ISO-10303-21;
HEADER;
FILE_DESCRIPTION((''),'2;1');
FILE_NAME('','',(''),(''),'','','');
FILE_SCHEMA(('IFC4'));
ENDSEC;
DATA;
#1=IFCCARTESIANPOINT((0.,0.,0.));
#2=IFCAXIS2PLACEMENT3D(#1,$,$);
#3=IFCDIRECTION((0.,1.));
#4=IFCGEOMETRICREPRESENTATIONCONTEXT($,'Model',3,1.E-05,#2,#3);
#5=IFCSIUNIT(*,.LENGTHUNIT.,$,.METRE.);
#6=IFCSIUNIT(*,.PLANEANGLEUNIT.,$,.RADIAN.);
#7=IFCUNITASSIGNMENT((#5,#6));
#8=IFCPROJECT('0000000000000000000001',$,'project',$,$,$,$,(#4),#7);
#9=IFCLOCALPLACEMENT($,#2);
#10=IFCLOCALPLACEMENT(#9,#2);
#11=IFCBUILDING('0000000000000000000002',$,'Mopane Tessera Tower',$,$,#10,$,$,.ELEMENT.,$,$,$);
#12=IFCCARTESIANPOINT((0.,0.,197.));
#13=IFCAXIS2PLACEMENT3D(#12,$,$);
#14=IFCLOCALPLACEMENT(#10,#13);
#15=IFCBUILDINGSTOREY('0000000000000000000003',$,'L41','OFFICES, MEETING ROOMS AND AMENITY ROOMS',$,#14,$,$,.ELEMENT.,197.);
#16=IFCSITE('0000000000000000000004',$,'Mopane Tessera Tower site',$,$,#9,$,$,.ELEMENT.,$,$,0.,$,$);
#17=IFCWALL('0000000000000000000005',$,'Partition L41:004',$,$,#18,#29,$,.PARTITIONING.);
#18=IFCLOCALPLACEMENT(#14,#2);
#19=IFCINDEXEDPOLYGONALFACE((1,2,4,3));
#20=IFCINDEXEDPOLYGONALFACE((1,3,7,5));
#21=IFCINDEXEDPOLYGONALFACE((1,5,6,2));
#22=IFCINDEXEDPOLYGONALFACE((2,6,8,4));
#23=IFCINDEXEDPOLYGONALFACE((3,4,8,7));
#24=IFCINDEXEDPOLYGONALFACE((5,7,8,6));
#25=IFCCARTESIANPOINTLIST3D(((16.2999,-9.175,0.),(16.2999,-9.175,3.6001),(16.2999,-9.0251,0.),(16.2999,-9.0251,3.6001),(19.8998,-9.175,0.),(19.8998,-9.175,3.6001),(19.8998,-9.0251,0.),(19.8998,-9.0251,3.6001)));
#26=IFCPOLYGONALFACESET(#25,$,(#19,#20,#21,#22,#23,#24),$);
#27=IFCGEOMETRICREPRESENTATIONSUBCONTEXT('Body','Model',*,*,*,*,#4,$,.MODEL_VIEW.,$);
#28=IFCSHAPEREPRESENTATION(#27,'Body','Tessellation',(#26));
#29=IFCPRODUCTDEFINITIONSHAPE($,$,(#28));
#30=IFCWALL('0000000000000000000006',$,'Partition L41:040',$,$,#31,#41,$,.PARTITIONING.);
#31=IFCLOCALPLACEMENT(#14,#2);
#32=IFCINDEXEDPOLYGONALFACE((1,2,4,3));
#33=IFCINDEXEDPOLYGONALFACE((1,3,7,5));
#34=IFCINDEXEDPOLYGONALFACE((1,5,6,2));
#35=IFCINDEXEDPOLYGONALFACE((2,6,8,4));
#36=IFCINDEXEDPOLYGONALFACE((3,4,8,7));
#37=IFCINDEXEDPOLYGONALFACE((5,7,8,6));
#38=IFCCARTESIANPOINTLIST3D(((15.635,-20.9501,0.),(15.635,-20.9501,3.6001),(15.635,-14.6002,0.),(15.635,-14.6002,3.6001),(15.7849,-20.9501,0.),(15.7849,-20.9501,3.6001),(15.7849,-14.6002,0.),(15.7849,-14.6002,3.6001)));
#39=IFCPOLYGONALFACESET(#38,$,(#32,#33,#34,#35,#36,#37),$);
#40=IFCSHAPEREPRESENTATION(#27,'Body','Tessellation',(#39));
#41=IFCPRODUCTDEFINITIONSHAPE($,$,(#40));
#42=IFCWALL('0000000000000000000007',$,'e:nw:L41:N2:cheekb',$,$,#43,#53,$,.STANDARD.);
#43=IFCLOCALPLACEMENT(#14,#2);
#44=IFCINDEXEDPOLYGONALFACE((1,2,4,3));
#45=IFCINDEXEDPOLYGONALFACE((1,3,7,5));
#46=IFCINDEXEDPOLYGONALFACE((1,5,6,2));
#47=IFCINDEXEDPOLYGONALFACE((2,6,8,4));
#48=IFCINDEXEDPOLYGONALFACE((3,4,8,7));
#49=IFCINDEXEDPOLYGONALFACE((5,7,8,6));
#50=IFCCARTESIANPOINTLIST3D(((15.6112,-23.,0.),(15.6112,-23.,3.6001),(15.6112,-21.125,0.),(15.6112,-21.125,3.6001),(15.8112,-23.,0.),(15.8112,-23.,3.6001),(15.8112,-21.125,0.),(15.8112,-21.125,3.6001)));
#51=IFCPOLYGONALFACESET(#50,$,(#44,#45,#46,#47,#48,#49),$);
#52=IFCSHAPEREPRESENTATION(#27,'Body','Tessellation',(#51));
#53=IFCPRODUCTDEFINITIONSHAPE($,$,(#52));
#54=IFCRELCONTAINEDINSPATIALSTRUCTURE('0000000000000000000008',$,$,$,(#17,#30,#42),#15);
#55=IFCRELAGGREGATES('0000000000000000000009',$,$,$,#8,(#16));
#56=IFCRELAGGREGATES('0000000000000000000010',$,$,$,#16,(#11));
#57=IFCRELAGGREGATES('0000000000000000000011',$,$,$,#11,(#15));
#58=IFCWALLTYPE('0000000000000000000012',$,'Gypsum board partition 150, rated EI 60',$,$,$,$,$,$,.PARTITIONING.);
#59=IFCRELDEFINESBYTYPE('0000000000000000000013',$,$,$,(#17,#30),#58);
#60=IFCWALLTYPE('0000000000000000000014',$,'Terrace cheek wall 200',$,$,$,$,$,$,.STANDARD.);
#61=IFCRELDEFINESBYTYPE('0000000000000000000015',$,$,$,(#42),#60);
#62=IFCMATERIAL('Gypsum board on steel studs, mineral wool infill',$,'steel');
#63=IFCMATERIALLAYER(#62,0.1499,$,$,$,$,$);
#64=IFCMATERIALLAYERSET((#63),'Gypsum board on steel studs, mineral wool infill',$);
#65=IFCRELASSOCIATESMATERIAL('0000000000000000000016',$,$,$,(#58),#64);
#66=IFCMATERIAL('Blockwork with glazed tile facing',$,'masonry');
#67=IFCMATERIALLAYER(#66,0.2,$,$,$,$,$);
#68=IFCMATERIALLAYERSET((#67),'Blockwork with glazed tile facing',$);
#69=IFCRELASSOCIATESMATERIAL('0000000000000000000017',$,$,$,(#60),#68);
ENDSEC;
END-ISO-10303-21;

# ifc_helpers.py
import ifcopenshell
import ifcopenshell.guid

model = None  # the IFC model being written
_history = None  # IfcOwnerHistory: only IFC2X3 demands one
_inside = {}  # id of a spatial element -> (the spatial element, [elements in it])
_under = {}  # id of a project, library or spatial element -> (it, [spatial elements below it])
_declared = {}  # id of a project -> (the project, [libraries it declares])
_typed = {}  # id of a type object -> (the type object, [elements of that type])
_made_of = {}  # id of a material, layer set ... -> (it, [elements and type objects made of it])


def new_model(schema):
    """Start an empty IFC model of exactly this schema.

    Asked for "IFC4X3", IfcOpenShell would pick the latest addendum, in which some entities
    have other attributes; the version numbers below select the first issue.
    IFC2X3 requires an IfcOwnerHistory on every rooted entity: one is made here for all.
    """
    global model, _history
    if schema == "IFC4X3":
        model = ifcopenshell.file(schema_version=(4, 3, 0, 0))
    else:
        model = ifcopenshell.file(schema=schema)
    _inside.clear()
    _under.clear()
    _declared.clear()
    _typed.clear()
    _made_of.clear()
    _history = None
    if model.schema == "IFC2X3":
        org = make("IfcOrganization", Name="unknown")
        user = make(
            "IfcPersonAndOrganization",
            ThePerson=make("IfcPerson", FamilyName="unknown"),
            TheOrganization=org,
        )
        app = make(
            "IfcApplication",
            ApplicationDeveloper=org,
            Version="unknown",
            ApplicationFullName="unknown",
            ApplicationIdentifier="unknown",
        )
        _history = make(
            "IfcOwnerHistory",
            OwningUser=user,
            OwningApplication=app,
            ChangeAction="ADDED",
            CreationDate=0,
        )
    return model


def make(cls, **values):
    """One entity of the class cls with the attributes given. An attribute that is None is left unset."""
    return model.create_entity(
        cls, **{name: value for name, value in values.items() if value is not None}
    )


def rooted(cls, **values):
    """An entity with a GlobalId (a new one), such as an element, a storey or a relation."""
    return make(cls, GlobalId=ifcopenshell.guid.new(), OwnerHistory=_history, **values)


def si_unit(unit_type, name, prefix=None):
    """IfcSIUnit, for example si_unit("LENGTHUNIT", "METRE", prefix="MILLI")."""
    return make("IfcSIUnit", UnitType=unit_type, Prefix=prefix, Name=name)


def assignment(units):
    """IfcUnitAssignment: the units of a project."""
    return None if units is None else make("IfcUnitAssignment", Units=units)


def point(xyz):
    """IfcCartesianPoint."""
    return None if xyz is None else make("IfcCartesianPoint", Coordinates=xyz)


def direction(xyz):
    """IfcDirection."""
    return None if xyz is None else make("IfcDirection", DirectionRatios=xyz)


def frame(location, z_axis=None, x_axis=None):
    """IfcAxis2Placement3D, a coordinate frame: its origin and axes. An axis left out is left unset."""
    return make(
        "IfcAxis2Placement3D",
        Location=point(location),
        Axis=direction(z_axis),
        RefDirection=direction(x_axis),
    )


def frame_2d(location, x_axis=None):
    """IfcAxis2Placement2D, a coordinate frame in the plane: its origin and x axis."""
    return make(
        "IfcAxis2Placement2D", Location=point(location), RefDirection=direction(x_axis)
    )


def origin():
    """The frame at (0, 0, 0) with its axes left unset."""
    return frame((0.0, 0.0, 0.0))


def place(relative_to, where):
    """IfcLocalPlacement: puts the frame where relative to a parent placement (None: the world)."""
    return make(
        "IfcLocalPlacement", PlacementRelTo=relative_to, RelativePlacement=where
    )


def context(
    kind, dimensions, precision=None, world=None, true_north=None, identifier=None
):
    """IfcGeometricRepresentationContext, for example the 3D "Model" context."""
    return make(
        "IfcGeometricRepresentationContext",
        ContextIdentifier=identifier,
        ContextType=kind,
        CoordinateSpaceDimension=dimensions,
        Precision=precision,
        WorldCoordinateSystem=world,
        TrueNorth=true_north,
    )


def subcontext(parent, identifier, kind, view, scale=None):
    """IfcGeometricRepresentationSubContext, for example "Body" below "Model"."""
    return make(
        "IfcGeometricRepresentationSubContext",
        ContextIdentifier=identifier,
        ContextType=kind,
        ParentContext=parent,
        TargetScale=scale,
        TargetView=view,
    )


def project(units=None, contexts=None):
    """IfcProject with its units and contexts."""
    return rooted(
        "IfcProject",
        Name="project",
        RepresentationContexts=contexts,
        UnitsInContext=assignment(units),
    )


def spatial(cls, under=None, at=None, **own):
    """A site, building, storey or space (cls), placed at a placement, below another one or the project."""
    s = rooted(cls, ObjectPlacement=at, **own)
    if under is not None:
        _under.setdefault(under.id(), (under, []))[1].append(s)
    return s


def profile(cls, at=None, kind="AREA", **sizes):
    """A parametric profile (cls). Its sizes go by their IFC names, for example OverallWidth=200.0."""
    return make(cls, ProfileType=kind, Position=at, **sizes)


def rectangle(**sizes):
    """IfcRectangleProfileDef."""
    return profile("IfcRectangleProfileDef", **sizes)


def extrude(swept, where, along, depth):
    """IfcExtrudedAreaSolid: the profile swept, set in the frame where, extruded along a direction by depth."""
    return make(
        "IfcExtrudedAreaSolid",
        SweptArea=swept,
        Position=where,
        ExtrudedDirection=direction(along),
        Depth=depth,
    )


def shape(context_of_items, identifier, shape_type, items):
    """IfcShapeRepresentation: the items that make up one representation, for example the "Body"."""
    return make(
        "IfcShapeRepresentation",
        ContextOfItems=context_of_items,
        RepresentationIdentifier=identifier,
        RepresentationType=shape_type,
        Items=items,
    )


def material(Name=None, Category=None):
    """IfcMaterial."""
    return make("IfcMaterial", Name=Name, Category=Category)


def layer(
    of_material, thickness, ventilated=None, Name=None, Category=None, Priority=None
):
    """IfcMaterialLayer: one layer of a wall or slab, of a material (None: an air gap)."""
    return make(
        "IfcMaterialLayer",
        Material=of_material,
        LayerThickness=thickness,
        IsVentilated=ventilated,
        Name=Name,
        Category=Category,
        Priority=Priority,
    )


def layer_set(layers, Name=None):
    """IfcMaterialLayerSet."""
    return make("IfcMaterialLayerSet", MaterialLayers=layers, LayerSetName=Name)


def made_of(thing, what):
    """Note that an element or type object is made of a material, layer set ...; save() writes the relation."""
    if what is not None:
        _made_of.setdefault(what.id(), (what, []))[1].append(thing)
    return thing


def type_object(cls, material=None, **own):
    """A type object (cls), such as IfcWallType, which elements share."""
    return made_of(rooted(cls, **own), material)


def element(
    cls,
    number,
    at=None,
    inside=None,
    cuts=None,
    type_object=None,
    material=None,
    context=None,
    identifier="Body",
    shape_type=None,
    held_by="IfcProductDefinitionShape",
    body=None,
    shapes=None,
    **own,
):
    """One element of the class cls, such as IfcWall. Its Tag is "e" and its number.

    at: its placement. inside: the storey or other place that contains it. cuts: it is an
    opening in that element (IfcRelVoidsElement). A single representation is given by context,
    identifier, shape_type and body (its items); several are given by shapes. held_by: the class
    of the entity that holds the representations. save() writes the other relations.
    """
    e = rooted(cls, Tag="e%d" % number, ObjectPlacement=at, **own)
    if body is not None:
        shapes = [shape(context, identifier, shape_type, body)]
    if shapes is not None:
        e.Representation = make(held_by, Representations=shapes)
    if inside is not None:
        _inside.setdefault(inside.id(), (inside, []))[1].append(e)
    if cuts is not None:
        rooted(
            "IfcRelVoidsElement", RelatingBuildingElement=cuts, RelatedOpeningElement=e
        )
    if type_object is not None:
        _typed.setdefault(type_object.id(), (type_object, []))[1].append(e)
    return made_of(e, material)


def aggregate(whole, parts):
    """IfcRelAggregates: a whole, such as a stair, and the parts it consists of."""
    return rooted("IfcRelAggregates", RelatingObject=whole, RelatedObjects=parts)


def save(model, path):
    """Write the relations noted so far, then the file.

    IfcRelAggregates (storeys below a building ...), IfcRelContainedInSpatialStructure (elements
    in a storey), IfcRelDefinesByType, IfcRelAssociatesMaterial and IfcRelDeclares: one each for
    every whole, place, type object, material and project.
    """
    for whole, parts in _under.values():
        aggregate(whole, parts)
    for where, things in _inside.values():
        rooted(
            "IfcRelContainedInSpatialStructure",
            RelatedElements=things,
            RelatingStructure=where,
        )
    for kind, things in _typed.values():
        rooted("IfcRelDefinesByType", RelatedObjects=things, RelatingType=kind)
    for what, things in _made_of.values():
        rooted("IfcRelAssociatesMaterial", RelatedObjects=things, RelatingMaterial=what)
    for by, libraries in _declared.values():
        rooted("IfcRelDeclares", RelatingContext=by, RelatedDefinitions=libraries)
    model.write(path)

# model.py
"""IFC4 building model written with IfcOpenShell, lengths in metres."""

from ifc_helpers import new_model, si_unit, direction, frame, frame_2d, origin, place, context, subcontext, project, spatial, rectangle, extrude, material, layer, layer_set, type_object, element, save


model = new_model("IFC4")

# Units and contexts
model_context = context("Model", 3, precision=1e-05, world=origin(), true_north=direction((0.0, 1.0)))
body_context = subcontext(model_context, "Body", "Model", "MODEL_VIEW")
ifc_project = project(units=[si_unit("LENGTHUNIT", "METRE"), si_unit("PLANEANGLEUNIT", "RADIAN")], contexts=[model_context])

# Site, building, storey
site_placement = place(None, origin())
site = spatial("IfcSite", under=ifc_project, at=site_placement, Name="Mopane Tessera Tower site", CompositionType="ELEMENT", RefElevation=0.0)
building_placement = place(site_placement, origin())
building = spatial("IfcBuilding", under=site, at=building_placement, Name="Mopane Tessera Tower", CompositionType="ELEMENT")
storey_placement = place(building_placement, frame((0.0, 0.0, 197.0)))
storey = spatial("IfcBuildingStorey", under=building, at=storey_placement, Name="L41", Description="OFFICES, MEETING ROOMS AND AMENITY ROOMS", CompositionType="ELEMENT", Elevation=197.0)

# Walls
ifc_material_1 = material(Name="Gypsum board on steel studs, mineral wool infill", Category="steel")
ifc_layer_1 = layer(ifc_material_1, 0.1499)
ifc_layer_set_1 = layer_set([ifc_layer_1], Name="Gypsum board on steel studs, mineral wool infill")
wall_type_1 = type_object("IfcWallType", Name="Gypsum board partition 150, rated EI 60", PredefinedType="PARTITIONING", material=ifc_layer_set_1)
wall_1_placement = place(storey_placement, frame((16.3, -9.1001, 0.0), z_axis=(0.0, 0.0, 1.0), x_axis=(1.0, 0.0, 0.0)))
element("IfcWall", 1, at=wall_1_placement, inside=storey, type_object=wall_type_1, Name="Partition L41:004", PredefinedType="PARTITIONING", context=body_context, shape_type="SweptSolid", body=[
    extrude(rectangle(XDim=3.5999, YDim=0.1499, at=frame_2d((1.7998, 0.0))), origin(), (0.0, 0.0, 1.0), 3.6001),
])
wall_2_placement = place(storey_placement, frame((15.71, -20.95, 0.0), z_axis=(0.0, 0.0, 1.0), x_axis=(0.0, 1.0, 0.0)))
element("IfcWall", 2, at=wall_2_placement, inside=storey, type_object=wall_type_1, Name="Partition L41:040", PredefinedType="PARTITIONING", context=body_context, shape_type="SweptSolid", body=[
    extrude(rectangle(XDim=6.3499, YDim=0.1499, at=frame_2d((3.1748, 0.0))), origin(), (0.0, 0.0, 1.0), 3.6001),
])
ifc_material_2 = material(Name="Blockwork with glazed tile facing", Category="masonry")
ifc_layer_2 = layer(ifc_material_2, 0.2)
ifc_layer_set_2 = layer_set([ifc_layer_2], Name="Blockwork with glazed tile facing")
wall_type_2 = type_object("IfcWallType", Name="Terrace cheek wall 200", PredefinedType="STANDARD", material=ifc_layer_set_2)
wall_3_placement = place(storey_placement, frame((15.7112, -23.0, 0.0), z_axis=(0.0, 0.0, 1.0), x_axis=(0.0, 1.0, 0.0)))
element("IfcWall", 3, at=wall_3_placement, inside=storey, type_object=wall_type_2, Name="e:nw:L41:N2:cheekb", PredefinedType="STANDARD", context=body_context, shape_type="SweptSolid", body=[
    extrude(rectangle(XDim=1.875, YDim=0.2, at=frame_2d((0.9375, 0.0))), origin(), (0.0, 0.0, 1.0), 3.6001),
])

save(model, "model.ifc")
